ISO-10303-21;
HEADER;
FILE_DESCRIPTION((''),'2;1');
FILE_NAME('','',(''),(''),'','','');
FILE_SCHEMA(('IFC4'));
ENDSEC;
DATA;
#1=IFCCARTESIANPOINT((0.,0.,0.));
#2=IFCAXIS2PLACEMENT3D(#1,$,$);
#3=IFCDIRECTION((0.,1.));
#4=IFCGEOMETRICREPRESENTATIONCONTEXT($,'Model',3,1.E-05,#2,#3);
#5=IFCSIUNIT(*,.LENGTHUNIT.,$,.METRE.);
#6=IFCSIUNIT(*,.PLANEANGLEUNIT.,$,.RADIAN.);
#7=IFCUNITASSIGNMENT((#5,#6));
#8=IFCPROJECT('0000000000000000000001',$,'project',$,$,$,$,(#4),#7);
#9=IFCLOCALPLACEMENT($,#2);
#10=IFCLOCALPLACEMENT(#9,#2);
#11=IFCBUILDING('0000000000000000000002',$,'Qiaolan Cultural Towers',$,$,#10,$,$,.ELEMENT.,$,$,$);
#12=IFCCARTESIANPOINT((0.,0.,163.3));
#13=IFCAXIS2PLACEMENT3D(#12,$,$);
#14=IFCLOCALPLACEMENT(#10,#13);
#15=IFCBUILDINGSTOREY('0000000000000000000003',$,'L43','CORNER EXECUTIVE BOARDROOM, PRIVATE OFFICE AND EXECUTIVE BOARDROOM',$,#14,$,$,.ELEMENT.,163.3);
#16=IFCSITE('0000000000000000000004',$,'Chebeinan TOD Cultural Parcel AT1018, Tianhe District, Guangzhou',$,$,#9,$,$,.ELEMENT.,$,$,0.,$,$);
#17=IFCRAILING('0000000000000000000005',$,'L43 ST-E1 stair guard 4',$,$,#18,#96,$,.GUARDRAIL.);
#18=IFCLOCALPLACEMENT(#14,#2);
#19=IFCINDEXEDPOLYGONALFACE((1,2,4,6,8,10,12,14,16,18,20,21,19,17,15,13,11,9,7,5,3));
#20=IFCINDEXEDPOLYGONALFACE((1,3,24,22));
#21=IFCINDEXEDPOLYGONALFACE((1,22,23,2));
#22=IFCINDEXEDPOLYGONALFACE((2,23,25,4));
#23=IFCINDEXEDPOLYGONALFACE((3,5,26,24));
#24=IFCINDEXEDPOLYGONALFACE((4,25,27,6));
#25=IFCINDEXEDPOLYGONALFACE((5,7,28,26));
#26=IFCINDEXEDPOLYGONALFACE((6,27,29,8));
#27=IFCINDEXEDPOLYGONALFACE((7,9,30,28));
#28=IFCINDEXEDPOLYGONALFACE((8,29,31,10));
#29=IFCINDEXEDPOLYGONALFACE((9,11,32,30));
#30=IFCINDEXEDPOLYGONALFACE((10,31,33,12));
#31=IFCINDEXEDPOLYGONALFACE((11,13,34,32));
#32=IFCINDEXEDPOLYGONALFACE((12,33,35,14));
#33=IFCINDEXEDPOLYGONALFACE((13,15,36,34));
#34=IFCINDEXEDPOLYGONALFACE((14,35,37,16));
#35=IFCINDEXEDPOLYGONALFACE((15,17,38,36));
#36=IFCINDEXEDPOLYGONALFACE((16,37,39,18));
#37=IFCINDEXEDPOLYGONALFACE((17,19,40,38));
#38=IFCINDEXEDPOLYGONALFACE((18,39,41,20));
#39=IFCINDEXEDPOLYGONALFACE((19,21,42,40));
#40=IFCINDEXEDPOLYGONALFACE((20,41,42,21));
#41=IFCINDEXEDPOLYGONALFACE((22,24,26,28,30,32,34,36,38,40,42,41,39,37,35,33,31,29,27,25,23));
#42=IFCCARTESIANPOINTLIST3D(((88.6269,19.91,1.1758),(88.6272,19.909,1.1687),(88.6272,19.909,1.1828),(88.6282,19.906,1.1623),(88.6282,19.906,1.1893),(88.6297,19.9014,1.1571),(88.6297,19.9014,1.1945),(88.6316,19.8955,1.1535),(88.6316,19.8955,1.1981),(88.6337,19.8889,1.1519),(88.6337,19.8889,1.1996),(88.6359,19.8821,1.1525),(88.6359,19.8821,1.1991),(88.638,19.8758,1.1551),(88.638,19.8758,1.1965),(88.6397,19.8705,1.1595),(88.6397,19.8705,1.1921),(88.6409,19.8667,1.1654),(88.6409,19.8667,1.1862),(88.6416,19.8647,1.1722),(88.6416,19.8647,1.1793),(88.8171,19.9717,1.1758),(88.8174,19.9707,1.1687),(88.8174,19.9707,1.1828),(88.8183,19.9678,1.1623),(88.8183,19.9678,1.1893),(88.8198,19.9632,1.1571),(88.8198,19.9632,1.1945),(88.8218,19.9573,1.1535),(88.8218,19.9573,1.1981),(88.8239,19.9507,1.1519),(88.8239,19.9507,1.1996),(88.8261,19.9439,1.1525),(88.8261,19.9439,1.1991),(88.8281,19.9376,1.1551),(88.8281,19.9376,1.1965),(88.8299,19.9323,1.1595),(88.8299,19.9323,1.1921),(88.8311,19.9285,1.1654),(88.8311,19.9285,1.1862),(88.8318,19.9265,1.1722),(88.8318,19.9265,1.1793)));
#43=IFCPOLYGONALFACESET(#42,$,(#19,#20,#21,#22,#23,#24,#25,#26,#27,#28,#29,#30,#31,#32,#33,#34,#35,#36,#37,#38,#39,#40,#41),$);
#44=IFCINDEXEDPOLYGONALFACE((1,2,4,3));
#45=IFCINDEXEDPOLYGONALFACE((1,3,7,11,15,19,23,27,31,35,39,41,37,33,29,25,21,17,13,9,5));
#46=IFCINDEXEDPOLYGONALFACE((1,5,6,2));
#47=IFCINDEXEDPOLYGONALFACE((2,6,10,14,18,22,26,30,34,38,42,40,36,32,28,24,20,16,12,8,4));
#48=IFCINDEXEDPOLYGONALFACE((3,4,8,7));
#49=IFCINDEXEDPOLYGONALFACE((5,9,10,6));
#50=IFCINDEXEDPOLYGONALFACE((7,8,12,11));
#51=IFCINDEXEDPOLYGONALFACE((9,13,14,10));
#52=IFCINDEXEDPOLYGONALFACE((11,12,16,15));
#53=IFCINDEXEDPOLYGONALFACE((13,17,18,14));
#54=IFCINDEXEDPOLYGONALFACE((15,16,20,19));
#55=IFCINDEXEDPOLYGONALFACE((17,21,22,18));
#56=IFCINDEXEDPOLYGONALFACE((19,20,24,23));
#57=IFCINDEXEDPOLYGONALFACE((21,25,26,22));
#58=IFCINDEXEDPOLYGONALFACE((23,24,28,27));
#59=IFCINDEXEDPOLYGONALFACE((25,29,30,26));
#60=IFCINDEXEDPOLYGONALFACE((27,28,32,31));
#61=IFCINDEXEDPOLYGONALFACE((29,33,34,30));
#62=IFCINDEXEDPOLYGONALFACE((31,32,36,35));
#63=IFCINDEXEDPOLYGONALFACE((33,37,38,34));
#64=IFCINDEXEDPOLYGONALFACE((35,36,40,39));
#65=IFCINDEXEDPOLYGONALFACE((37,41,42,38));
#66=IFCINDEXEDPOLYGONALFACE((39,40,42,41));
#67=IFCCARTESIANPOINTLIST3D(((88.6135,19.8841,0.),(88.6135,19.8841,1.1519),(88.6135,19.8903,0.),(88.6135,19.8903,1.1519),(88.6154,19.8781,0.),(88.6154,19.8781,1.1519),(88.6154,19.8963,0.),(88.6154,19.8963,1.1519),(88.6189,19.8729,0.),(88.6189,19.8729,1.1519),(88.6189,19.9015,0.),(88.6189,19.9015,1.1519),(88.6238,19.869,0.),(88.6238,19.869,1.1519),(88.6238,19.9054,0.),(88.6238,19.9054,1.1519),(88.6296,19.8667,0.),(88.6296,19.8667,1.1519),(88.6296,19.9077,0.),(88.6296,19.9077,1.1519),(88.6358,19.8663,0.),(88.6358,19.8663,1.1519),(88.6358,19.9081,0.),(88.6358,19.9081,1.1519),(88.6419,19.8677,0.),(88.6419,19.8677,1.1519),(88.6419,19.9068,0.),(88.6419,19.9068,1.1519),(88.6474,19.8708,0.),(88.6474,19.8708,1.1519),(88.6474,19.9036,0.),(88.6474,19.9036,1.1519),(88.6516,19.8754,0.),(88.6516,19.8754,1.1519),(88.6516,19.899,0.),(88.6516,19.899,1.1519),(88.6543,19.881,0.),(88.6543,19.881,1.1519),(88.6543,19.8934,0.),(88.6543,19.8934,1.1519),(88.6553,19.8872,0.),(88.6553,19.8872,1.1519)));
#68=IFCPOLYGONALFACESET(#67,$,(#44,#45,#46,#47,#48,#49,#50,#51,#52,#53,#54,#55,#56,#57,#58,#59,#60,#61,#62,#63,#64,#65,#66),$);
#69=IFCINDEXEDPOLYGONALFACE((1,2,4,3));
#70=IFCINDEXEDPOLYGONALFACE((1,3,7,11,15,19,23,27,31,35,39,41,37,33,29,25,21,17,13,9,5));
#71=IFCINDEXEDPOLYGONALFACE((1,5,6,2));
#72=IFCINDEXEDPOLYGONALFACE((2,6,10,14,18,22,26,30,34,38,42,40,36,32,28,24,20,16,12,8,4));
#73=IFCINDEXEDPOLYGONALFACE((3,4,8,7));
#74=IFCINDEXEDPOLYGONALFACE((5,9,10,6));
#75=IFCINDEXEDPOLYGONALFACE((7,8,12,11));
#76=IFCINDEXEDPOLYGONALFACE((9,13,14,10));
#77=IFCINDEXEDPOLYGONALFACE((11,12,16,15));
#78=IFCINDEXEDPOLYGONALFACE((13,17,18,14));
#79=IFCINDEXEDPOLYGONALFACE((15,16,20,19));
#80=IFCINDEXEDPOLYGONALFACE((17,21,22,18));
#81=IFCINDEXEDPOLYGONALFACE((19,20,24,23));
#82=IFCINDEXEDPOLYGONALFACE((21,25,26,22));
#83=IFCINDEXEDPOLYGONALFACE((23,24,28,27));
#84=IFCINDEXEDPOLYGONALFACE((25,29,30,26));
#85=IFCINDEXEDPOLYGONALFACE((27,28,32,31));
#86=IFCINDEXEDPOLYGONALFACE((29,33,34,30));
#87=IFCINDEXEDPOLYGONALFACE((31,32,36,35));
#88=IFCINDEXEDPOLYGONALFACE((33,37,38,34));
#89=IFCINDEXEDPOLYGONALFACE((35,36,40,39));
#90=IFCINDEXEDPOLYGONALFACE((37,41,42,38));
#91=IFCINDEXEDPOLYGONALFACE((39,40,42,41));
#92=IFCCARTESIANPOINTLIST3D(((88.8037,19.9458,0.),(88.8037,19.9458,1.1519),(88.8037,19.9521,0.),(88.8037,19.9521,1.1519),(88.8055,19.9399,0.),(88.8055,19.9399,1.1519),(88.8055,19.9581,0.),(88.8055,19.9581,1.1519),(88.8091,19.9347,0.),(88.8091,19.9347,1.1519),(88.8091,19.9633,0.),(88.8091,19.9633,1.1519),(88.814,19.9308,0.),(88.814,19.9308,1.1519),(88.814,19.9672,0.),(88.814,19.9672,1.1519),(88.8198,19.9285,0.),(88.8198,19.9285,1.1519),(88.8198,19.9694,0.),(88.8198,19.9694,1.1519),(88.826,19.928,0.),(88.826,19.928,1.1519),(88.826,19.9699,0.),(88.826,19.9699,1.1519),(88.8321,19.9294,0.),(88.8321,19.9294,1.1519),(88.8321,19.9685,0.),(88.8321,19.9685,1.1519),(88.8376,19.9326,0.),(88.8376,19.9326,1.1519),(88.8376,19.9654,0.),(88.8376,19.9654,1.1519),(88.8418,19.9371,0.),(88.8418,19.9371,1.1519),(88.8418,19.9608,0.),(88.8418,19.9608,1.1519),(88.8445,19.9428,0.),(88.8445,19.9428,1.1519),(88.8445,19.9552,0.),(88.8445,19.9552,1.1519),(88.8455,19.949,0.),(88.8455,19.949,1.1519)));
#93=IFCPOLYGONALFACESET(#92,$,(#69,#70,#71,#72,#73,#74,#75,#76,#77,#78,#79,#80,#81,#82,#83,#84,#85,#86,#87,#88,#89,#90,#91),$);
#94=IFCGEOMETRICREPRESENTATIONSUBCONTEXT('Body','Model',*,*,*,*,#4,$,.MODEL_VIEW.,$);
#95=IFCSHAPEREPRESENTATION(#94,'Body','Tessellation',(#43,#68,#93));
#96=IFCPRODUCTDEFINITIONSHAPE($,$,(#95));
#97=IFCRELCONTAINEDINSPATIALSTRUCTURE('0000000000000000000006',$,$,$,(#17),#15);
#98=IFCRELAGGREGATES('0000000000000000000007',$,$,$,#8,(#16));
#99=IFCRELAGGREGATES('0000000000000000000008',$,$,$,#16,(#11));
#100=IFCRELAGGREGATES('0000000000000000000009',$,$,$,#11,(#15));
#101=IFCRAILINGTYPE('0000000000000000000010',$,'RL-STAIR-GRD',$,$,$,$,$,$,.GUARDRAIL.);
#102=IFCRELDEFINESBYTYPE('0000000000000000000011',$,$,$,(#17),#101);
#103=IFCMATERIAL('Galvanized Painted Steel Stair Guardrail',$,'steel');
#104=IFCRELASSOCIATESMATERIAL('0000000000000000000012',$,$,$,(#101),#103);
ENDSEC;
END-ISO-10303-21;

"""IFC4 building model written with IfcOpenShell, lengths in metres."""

from ifc_helpers import new_model, si_unit, direction, frame, origin, origin_2d, place, context, subcontext, project, spatial, circle, extrude, material, type_object, element, save


model = new_model("IFC4")

# Units and contexts
model_context = context("Model", 3, precision=1e-05, world=origin(), true_north=direction((0.0, 1.0)))
body_context = subcontext(model_context, "Body", "Model", "MODEL_VIEW")
ifc_project = project(units=[si_unit("LENGTHUNIT", "METRE"), si_unit("PLANEANGLEUNIT", "RADIAN")], contexts=[model_context])

# Site, building, storey
site_placement = place(None, origin())
site = spatial("IfcSite", under=ifc_project, at=site_placement, Name="Chebeinan TOD Cultural Parcel AT1018, Tianhe District, Guangzhou", CompositionType="ELEMENT", RefElevation=0.0)
building_placement = place(site_placement, origin())
building = spatial("IfcBuilding", under=site, at=building_placement, Name="Qiaolan Cultural Towers", CompositionType="ELEMENT")
storey_placement = place(building_placement, frame((0.0, 0.0, 163.3)))
storey = spatial("IfcBuildingStorey", under=building, at=storey_placement, Name="L43", Description="CORNER EXECUTIVE BOARDROOM, PRIVATE OFFICE AND EXECUTIVE BOARDROOM", CompositionType="ELEMENT", Elevation=163.3)

# Railing
ifc_material_1 = material(Name="Galvanized Painted Steel Stair Guardrail", Category="steel")
railing_type_1 = type_object("IfcRailingType", Name="RL-STAIR-GRD", PredefinedType="GUARDRAIL", material=ifc_material_1)
railing_1_placement = place(storey_placement, frame((88.6343, 19.8872, 0.0)))
element("IfcRailing", 1, at=railing_1_placement, inside=storey, type_object=railing_type_1, Name="L43 ST-E1 stair guard 4", PredefinedType="GUARDRAIL", context=body_context, shape_type="SweptSolid", body=[
    extrude(circle(Radius=0.0239, at=origin_2d()), frame((0.0, 0.0, 1.1758), z_axis=(0.951097, 0.308893, 0.0), x_axis=(-0.308893, 0.951097, 0.0)), (0.0, 0.0, 1.0), 0.2),
    extrude(circle(Radius=0.021, at=origin_2d()), origin(), (0.0, 0.0, 1.0), 1.1519),
    extrude(circle(Radius=0.021, at=origin_2d()), frame((0.1902, 0.0618, 0.0)), (0.0, 0.0, 1.0), 1.1519),
])

save(model, "model.ifc")
